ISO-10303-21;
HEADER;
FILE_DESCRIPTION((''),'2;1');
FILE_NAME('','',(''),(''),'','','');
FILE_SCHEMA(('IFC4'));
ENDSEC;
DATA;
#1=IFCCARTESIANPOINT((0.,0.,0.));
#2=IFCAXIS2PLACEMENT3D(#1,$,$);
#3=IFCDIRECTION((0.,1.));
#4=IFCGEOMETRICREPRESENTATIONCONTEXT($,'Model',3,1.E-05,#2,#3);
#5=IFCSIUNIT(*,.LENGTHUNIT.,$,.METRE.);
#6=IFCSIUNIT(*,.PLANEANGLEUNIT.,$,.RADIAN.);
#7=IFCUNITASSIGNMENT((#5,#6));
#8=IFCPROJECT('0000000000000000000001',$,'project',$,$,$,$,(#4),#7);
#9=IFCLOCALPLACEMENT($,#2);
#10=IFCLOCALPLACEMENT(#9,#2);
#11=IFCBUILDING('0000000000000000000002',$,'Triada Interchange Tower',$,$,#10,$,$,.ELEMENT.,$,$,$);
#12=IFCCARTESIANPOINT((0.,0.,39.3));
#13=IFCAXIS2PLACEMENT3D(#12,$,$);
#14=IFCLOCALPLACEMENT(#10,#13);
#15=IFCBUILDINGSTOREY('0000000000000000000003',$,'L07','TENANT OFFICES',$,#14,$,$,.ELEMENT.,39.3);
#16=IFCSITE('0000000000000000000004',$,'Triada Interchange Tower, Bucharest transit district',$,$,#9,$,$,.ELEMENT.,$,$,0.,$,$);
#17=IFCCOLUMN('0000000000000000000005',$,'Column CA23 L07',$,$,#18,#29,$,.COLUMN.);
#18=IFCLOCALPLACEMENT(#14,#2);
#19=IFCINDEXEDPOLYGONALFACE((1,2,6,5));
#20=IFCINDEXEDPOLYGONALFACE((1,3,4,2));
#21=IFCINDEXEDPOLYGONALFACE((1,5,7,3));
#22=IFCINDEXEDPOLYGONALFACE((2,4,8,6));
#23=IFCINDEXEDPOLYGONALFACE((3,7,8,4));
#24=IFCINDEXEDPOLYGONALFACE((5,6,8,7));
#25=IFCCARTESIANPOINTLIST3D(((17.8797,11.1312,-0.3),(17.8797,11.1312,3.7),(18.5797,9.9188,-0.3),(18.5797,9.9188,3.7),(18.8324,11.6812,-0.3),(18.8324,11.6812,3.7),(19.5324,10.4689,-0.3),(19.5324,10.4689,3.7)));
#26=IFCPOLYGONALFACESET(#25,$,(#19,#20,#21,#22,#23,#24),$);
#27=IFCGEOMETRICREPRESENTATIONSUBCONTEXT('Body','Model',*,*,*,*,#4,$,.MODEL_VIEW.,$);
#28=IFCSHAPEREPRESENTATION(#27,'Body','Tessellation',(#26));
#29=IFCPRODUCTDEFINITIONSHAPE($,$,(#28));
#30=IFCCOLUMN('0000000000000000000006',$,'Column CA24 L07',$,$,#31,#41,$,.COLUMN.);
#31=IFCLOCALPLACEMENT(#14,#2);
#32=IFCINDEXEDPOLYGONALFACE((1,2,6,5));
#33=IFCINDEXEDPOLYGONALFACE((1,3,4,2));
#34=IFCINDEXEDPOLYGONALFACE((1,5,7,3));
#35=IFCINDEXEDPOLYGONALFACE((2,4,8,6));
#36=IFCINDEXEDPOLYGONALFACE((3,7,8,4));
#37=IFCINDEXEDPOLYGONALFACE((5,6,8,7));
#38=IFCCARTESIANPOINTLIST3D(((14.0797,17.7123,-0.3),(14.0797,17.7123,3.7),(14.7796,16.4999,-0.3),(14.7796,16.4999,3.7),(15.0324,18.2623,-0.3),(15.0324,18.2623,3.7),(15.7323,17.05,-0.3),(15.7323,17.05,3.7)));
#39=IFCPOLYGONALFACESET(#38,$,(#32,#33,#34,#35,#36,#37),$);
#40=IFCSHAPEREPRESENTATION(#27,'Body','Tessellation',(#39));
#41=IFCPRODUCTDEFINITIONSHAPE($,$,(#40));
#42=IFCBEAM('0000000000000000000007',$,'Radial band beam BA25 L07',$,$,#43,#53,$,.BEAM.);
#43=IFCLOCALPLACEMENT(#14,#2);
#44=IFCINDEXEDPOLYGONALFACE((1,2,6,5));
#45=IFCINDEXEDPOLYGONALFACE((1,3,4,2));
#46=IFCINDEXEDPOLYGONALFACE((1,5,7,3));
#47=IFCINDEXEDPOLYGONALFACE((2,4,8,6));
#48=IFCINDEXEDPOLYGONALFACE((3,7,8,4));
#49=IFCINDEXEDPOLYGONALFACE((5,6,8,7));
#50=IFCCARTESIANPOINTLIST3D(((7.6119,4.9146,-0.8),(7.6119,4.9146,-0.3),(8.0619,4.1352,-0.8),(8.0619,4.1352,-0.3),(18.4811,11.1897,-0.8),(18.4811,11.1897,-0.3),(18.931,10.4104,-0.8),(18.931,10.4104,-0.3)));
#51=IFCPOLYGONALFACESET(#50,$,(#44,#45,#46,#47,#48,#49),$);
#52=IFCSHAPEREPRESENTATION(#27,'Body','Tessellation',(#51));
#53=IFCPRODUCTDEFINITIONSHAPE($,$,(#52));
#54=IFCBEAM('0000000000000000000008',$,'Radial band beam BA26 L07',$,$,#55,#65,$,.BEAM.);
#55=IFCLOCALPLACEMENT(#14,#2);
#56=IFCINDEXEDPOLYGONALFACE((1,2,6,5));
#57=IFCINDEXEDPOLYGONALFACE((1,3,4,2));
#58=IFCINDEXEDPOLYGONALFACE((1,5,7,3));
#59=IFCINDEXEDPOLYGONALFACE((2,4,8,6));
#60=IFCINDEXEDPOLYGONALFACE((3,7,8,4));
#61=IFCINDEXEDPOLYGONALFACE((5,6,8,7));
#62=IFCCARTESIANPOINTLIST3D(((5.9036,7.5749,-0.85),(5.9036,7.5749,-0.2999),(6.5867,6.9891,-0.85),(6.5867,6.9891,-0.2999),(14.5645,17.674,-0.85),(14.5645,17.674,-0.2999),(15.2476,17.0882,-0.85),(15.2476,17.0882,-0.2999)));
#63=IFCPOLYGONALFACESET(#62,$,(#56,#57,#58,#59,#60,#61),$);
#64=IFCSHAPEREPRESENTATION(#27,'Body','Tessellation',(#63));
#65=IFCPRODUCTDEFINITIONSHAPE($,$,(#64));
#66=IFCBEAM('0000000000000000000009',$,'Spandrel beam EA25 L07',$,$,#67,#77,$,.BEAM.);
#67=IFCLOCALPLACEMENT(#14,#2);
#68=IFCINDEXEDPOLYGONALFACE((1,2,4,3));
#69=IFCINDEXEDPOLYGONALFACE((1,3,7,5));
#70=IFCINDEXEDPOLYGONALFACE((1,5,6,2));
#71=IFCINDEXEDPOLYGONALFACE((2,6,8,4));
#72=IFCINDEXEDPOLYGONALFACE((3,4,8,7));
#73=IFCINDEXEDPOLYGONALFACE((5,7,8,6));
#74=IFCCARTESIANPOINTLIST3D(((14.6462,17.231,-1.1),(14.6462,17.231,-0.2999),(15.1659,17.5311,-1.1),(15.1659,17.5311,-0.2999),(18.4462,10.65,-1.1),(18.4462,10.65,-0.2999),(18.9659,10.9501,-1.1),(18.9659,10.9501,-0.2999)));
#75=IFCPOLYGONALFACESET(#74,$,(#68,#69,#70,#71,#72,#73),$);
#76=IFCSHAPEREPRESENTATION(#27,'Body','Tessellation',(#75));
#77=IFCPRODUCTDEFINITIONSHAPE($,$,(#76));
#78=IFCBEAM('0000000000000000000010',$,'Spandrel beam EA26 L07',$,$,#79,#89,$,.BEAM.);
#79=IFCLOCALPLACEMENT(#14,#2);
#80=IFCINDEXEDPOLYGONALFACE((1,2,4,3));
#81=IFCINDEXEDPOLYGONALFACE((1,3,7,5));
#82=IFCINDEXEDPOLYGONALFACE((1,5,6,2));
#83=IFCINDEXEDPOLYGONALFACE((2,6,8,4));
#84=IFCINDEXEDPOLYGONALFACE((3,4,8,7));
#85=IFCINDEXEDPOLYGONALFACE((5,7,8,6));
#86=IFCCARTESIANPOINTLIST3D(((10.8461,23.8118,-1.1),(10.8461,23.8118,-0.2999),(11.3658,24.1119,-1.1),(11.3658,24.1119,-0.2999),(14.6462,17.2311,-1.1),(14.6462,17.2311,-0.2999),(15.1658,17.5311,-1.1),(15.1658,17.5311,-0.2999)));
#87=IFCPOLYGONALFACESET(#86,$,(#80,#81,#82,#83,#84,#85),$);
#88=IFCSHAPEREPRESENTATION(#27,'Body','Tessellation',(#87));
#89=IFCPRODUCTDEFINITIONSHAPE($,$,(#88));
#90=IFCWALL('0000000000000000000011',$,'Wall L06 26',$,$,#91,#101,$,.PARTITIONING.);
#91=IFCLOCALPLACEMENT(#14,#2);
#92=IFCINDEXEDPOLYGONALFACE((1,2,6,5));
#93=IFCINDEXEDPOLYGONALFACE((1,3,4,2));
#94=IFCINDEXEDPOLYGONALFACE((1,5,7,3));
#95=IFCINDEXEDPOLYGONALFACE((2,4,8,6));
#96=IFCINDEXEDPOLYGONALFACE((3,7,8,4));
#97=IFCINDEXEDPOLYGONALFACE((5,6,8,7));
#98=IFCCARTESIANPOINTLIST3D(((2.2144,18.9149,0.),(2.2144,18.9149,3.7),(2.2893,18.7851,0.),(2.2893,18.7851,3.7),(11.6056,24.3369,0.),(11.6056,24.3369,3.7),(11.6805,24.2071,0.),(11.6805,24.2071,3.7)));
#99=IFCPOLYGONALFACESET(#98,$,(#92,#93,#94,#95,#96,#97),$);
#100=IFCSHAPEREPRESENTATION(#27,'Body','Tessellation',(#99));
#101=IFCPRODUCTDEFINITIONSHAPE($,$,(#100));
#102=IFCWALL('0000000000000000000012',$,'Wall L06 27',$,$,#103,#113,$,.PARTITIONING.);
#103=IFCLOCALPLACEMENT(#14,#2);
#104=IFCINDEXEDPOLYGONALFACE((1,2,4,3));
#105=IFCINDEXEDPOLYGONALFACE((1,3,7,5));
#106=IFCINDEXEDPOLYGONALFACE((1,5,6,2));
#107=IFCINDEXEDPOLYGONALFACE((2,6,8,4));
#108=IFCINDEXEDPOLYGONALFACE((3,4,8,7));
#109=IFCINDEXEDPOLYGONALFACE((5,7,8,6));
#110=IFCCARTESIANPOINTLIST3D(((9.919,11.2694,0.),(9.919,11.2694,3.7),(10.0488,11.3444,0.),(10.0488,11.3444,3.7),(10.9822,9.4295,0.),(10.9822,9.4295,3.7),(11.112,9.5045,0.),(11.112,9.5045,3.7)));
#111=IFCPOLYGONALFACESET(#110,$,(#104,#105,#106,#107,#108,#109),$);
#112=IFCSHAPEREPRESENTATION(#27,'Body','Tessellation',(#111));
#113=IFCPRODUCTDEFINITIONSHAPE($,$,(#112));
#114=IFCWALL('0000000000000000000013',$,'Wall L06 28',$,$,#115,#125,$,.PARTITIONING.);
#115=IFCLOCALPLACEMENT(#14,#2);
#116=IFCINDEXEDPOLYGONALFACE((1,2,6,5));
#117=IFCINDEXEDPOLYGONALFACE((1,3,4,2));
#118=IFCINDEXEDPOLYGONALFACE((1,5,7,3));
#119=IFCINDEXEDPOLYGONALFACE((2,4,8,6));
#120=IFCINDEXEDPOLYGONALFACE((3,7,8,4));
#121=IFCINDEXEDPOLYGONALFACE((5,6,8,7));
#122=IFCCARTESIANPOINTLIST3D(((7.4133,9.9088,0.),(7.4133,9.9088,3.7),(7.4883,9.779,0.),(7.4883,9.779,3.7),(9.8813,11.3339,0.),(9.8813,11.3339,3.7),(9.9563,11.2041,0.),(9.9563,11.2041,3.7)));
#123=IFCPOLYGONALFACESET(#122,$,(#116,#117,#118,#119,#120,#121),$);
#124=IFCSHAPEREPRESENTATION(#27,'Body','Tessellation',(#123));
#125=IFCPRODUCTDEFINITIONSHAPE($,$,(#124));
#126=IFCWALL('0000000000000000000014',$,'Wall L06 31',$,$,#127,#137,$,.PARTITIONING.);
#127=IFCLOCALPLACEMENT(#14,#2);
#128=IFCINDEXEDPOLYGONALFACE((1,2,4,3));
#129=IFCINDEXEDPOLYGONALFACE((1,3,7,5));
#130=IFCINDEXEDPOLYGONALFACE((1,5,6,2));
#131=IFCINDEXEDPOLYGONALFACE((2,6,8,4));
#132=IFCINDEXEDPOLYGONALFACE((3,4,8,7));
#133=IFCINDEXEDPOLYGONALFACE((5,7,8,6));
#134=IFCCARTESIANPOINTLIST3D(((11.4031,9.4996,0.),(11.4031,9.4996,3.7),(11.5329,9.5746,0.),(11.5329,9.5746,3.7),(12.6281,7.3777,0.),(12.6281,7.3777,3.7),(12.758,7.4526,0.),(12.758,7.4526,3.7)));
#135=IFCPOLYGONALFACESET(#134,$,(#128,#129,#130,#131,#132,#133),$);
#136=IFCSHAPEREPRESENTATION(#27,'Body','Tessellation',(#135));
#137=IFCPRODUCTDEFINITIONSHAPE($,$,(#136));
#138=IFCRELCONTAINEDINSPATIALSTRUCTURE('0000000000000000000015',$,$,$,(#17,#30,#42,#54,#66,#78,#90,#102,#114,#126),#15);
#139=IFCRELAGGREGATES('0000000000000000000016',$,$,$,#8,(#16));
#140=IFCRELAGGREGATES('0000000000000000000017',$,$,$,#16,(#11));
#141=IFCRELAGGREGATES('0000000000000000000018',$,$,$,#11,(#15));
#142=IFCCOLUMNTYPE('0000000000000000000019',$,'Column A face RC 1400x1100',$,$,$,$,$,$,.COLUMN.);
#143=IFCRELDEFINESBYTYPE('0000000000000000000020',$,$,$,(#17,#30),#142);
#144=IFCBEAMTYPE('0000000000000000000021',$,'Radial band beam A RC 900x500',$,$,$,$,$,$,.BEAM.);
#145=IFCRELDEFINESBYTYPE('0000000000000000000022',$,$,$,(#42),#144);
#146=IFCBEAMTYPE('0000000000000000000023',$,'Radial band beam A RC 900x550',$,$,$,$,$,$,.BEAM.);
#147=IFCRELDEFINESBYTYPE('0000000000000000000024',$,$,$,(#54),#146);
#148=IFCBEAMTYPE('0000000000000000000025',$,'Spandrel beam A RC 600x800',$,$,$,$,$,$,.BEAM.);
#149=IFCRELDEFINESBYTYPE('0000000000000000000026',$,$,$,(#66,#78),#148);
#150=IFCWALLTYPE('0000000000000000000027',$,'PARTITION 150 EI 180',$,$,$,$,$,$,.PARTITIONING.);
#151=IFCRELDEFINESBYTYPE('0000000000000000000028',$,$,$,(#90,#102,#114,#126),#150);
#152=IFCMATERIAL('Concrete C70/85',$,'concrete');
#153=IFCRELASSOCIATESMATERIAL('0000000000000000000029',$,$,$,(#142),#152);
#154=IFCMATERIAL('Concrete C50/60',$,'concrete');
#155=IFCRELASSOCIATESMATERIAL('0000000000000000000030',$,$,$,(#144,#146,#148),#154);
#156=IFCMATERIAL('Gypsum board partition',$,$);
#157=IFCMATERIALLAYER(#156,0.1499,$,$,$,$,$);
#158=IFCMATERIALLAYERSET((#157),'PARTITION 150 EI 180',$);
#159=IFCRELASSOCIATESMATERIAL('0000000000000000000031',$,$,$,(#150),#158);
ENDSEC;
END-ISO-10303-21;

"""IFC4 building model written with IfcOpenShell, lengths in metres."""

from ifc_helpers import new_model, si_unit, direction, frame, frame_2d, origin, origin_2d, place, context, subcontext, project, spatial, rectangle, extrude, material, layer, layer_set, material_profile, profile_set, type_object, element, save


model = new_model("IFC4")

# Units and contexts
model_context = context("Model", 3, precision=1e-05, world=origin(), true_north=direction((0.0, 1.0)))
body_context = subcontext(model_context, "Body", "Model", "MODEL_VIEW")
ifc_project = project(units=[si_unit("LENGTHUNIT", "METRE"), si_unit("PLANEANGLEUNIT", "RADIAN")], contexts=[model_context])

# Site, building, storey
site_placement = place(None, origin())
site = spatial("IfcSite", under=ifc_project, at=site_placement, Name="Triada Interchange Tower, Bucharest transit district", CompositionType="ELEMENT", RefElevation=0.0)
building_placement = place(site_placement, origin())
building = spatial("IfcBuilding", under=site, at=building_placement, Name="Triada Interchange Tower", CompositionType="ELEMENT")
storey_placement = place(building_placement, frame((0.0, 0.0, 39.3)))
storey = spatial("IfcBuildingStorey", under=building, at=storey_placement, Name="L07", Description="TENANT OFFICES", CompositionType="ELEMENT", Elevation=39.3)

# Columns
ifc_material_1 = material(Name="Concrete C70/85", Category="concrete")
ifc_material_profile_1 = material_profile(ifc_material_1, rectangle(XDim=1.3999, YDim=1.1001, at=origin_2d()), Name="RC 1400x1100")
ifc_profile_set_1 = profile_set([ifc_material_profile_1], Name="Concrete C70/85")
column_type = type_object("IfcColumnType", Name="Column A face RC 1400x1100", PredefinedType="COLUMN", material=ifc_profile_set_1)
for number, where, z_axis, x_axis, name in (
    (1, (18.7061, 10.8, -0.3), (0.0, 0.0, 1.0), (-0.5, 0.866025, 0.0), "Column CA23 L07"),
    (2, (14.906, 17.3811, -0.3), (0.0, 0.0, 1.0), (-0.5, 0.866025, 0.0), "Column CA24 L07"),
):
    element("IfcColumn", number, at=place(storey_placement, frame(where, z_axis=z_axis, x_axis=x_axis)), inside=storey, type_object=column_type, Name=name, PredefinedType="COLUMN", context=body_context, shape_type="SweptSolid", body=[
        extrude(rectangle(XDim=1.3999, YDim=1.1001, at=origin_2d()), origin(), (0.0, 0.0, 1.0), 4.0),
    ])

# Beams
ifc_material_2 = material(Name="Concrete C50/60", Category="concrete")
ifc_material_profile_2 = material_profile(ifc_material_2, rectangle(XDim=0.8999, YDim=0.5, at=origin_2d()), Name="RC 900x500")
ifc_profile_set_2 = profile_set([ifc_material_profile_2], Name="Concrete C50/60")
beam_type_1 = type_object("IfcBeamType", Name="Radial band beam A RC 900x500", PredefinedType="BEAM", material=ifc_profile_set_2)
beam_1_placement = place(storey_placement, frame((18.7061, 10.8, -0.55), z_axis=(-0.866031, -0.499991, 0.0), x_axis=(0.499991, -0.866031, 0.0)))
element("IfcBeam", 3, at=beam_1_placement, inside=storey, type_object=beam_type_1, Name="Radial band beam BA25 L07", PredefinedType="BEAM", context=body_context, shape_type="SweptSolid", body=[
    extrude(rectangle(XDim=0.8999, YDim=0.5, at=origin_2d()), origin(), (0.0, 0.0, 1.0), 12.5505),
])
ifc_material_profile_3 = material_profile(ifc_material_2, rectangle(XDim=0.8999, YDim=0.55, at=origin_2d()), Name="RC 900x550")
ifc_profile_set_3 = profile_set([ifc_material_profile_3], Name="Concrete C50/60")
beam_type_2 = type_object("IfcBeamType", Name="Radial band beam A RC 900x550", PredefinedType="BEAM", material=ifc_profile_set_3)
beam_2_placement = place(storey_placement, frame((14.906, 17.3811, -0.575), z_axis=(-0.650986, -0.759089, 0.0), x_axis=(0.759089, -0.650986, 0.0)))
element("IfcBeam", 4, at=beam_2_placement, inside=storey, type_object=beam_type_2, Name="Radial band beam BA26 L07", PredefinedType="BEAM", context=body_context, shape_type="SweptSolid", body=[
    extrude(rectangle(XDim=0.8999, YDim=0.55, at=origin_2d()), origin(), (0.0, 0.0, 1.0), 13.3042),
])
ifc_material_profile_4 = material_profile(ifc_material_2, rectangle(XDim=0.6001, YDim=0.8, at=origin_2d()), Name="RC 600x800")
ifc_profile_set_4 = profile_set([ifc_material_profile_4], Name="Concrete C50/60")
beam_type_3 = type_object("IfcBeamType", Name="Spandrel beam A RC 600x800", PredefinedType="BEAM", material=ifc_profile_set_4)
beam_3_placement = place(storey_placement, frame((18.7061, 10.8, -0.7), z_axis=(-0.500047, 0.865998, 0.0), x_axis=(-0.865998, -0.500047, 0.0)))
element("IfcBeam", 5, at=beam_3_placement, inside=storey, type_object=beam_type_3, Name="Spandrel beam EA25 L07", PredefinedType="BEAM", context=body_context, shape_type="SweptSolid", body=[
    extrude(rectangle(XDim=0.6001, YDim=0.8, at=origin_2d()), origin(), (0.0, 0.0, 1.0), 7.5994),
])
beam_4_placement = place(storey_placement, frame((14.906, 17.3811, -0.7), z_axis=(-0.500061, 0.86599, 0.0), x_axis=(-0.86599, -0.500061, 0.0)))
element("IfcBeam", 6, at=beam_4_placement, inside=storey, type_object=beam_type_3, Name="Spandrel beam EA26 L07", PredefinedType="BEAM", context=body_context, shape_type="SweptSolid", body=[
    extrude(rectangle(XDim=0.6001, YDim=0.8, at=origin_2d()), origin(), (0.0, 0.0, 1.0), 7.5991),
])

# Walls
ifc_material_3 = material(Name="Gypsum board partition")
ifc_layer_1 = layer(ifc_material_3, 0.1499)
ifc_layer_set_1 = layer_set([ifc_layer_1], Name="PARTITION 150 EI 180")
wall_type_1 = type_object("IfcWallType", Name="PARTITION 150 EI 180", PredefinedType="PARTITIONING", material=ifc_layer_set_1)
wall_1_placement = place(storey_placement, frame((2.252, 18.8501, 0.0), z_axis=(0.0, 0.0, 1.0), x_axis=(0.866029, 0.499994, 0.0)))
element("IfcWall", 7, at=wall_1_placement, inside=storey, type_object=wall_type_1, Name="Wall L06 26", PredefinedType="PARTITIONING", context=body_context, shape_type="SweptSolid", body=[
    extrude(rectangle(XDim=10.844, YDim=0.1499, at=frame_2d((5.4219, 0.0))), origin(), (0.0, 0.0, 1.0), 3.7),
])
wall_2_placement = place(storey_placement, frame((9.9839, 11.3069, 0.0), z_axis=(0.0, 0.0, 1.0), x_axis=(0.500352, -0.865822, 0.0)))
element("IfcWall", 8, at=wall_2_placement, inside=storey, type_object=wall_type_1, Name="Wall L06 27", PredefinedType="PARTITIONING", context=body_context, shape_type="SweptSolid", body=[
    extrude(rectangle(XDim=2.125, YDim=0.1499, at=frame_2d((1.0625, 0.0))), origin(), (0.0, 0.0, 1.0), 3.7),
])
wall_3_placement = place(storey_placement, frame((7.4509, 9.844, 0.0), z_axis=(0.0, 0.0, 1.0), x_axis=(0.866004, 0.500036, 0.0)))
element("IfcWall", 9, at=wall_3_placement, inside=storey, type_object=wall_type_1, Name="Wall L06 28", PredefinedType="PARTITIONING", context=body_context, shape_type="SweptSolid", body=[
    extrude(rectangle(XDim=2.8499, YDim=0.1499, at=frame_2d((1.4248, 0.0))), origin(), (0.0, 0.0, 1.0), 3.7),
])
wall_4_placement = place(storey_placement, frame((11.468, 9.5371, 0.0), z_axis=(0.0, 0.0, 1.0), x_axis=(0.499975, -0.86604, 0.0)))
element("IfcWall", 10, at=wall_4_placement, inside=storey, type_object=wall_type_1, Name="Wall L06 31", PredefinedType="PARTITIONING", context=body_context, shape_type="SweptSolid", body=[
    extrude(rectangle(XDim=2.4502, YDim=0.1499, at=frame_2d((1.2251, 0.0))), origin(), (0.0, 0.0, 1.0), 3.7),
])

save(model, "model.ifc")
